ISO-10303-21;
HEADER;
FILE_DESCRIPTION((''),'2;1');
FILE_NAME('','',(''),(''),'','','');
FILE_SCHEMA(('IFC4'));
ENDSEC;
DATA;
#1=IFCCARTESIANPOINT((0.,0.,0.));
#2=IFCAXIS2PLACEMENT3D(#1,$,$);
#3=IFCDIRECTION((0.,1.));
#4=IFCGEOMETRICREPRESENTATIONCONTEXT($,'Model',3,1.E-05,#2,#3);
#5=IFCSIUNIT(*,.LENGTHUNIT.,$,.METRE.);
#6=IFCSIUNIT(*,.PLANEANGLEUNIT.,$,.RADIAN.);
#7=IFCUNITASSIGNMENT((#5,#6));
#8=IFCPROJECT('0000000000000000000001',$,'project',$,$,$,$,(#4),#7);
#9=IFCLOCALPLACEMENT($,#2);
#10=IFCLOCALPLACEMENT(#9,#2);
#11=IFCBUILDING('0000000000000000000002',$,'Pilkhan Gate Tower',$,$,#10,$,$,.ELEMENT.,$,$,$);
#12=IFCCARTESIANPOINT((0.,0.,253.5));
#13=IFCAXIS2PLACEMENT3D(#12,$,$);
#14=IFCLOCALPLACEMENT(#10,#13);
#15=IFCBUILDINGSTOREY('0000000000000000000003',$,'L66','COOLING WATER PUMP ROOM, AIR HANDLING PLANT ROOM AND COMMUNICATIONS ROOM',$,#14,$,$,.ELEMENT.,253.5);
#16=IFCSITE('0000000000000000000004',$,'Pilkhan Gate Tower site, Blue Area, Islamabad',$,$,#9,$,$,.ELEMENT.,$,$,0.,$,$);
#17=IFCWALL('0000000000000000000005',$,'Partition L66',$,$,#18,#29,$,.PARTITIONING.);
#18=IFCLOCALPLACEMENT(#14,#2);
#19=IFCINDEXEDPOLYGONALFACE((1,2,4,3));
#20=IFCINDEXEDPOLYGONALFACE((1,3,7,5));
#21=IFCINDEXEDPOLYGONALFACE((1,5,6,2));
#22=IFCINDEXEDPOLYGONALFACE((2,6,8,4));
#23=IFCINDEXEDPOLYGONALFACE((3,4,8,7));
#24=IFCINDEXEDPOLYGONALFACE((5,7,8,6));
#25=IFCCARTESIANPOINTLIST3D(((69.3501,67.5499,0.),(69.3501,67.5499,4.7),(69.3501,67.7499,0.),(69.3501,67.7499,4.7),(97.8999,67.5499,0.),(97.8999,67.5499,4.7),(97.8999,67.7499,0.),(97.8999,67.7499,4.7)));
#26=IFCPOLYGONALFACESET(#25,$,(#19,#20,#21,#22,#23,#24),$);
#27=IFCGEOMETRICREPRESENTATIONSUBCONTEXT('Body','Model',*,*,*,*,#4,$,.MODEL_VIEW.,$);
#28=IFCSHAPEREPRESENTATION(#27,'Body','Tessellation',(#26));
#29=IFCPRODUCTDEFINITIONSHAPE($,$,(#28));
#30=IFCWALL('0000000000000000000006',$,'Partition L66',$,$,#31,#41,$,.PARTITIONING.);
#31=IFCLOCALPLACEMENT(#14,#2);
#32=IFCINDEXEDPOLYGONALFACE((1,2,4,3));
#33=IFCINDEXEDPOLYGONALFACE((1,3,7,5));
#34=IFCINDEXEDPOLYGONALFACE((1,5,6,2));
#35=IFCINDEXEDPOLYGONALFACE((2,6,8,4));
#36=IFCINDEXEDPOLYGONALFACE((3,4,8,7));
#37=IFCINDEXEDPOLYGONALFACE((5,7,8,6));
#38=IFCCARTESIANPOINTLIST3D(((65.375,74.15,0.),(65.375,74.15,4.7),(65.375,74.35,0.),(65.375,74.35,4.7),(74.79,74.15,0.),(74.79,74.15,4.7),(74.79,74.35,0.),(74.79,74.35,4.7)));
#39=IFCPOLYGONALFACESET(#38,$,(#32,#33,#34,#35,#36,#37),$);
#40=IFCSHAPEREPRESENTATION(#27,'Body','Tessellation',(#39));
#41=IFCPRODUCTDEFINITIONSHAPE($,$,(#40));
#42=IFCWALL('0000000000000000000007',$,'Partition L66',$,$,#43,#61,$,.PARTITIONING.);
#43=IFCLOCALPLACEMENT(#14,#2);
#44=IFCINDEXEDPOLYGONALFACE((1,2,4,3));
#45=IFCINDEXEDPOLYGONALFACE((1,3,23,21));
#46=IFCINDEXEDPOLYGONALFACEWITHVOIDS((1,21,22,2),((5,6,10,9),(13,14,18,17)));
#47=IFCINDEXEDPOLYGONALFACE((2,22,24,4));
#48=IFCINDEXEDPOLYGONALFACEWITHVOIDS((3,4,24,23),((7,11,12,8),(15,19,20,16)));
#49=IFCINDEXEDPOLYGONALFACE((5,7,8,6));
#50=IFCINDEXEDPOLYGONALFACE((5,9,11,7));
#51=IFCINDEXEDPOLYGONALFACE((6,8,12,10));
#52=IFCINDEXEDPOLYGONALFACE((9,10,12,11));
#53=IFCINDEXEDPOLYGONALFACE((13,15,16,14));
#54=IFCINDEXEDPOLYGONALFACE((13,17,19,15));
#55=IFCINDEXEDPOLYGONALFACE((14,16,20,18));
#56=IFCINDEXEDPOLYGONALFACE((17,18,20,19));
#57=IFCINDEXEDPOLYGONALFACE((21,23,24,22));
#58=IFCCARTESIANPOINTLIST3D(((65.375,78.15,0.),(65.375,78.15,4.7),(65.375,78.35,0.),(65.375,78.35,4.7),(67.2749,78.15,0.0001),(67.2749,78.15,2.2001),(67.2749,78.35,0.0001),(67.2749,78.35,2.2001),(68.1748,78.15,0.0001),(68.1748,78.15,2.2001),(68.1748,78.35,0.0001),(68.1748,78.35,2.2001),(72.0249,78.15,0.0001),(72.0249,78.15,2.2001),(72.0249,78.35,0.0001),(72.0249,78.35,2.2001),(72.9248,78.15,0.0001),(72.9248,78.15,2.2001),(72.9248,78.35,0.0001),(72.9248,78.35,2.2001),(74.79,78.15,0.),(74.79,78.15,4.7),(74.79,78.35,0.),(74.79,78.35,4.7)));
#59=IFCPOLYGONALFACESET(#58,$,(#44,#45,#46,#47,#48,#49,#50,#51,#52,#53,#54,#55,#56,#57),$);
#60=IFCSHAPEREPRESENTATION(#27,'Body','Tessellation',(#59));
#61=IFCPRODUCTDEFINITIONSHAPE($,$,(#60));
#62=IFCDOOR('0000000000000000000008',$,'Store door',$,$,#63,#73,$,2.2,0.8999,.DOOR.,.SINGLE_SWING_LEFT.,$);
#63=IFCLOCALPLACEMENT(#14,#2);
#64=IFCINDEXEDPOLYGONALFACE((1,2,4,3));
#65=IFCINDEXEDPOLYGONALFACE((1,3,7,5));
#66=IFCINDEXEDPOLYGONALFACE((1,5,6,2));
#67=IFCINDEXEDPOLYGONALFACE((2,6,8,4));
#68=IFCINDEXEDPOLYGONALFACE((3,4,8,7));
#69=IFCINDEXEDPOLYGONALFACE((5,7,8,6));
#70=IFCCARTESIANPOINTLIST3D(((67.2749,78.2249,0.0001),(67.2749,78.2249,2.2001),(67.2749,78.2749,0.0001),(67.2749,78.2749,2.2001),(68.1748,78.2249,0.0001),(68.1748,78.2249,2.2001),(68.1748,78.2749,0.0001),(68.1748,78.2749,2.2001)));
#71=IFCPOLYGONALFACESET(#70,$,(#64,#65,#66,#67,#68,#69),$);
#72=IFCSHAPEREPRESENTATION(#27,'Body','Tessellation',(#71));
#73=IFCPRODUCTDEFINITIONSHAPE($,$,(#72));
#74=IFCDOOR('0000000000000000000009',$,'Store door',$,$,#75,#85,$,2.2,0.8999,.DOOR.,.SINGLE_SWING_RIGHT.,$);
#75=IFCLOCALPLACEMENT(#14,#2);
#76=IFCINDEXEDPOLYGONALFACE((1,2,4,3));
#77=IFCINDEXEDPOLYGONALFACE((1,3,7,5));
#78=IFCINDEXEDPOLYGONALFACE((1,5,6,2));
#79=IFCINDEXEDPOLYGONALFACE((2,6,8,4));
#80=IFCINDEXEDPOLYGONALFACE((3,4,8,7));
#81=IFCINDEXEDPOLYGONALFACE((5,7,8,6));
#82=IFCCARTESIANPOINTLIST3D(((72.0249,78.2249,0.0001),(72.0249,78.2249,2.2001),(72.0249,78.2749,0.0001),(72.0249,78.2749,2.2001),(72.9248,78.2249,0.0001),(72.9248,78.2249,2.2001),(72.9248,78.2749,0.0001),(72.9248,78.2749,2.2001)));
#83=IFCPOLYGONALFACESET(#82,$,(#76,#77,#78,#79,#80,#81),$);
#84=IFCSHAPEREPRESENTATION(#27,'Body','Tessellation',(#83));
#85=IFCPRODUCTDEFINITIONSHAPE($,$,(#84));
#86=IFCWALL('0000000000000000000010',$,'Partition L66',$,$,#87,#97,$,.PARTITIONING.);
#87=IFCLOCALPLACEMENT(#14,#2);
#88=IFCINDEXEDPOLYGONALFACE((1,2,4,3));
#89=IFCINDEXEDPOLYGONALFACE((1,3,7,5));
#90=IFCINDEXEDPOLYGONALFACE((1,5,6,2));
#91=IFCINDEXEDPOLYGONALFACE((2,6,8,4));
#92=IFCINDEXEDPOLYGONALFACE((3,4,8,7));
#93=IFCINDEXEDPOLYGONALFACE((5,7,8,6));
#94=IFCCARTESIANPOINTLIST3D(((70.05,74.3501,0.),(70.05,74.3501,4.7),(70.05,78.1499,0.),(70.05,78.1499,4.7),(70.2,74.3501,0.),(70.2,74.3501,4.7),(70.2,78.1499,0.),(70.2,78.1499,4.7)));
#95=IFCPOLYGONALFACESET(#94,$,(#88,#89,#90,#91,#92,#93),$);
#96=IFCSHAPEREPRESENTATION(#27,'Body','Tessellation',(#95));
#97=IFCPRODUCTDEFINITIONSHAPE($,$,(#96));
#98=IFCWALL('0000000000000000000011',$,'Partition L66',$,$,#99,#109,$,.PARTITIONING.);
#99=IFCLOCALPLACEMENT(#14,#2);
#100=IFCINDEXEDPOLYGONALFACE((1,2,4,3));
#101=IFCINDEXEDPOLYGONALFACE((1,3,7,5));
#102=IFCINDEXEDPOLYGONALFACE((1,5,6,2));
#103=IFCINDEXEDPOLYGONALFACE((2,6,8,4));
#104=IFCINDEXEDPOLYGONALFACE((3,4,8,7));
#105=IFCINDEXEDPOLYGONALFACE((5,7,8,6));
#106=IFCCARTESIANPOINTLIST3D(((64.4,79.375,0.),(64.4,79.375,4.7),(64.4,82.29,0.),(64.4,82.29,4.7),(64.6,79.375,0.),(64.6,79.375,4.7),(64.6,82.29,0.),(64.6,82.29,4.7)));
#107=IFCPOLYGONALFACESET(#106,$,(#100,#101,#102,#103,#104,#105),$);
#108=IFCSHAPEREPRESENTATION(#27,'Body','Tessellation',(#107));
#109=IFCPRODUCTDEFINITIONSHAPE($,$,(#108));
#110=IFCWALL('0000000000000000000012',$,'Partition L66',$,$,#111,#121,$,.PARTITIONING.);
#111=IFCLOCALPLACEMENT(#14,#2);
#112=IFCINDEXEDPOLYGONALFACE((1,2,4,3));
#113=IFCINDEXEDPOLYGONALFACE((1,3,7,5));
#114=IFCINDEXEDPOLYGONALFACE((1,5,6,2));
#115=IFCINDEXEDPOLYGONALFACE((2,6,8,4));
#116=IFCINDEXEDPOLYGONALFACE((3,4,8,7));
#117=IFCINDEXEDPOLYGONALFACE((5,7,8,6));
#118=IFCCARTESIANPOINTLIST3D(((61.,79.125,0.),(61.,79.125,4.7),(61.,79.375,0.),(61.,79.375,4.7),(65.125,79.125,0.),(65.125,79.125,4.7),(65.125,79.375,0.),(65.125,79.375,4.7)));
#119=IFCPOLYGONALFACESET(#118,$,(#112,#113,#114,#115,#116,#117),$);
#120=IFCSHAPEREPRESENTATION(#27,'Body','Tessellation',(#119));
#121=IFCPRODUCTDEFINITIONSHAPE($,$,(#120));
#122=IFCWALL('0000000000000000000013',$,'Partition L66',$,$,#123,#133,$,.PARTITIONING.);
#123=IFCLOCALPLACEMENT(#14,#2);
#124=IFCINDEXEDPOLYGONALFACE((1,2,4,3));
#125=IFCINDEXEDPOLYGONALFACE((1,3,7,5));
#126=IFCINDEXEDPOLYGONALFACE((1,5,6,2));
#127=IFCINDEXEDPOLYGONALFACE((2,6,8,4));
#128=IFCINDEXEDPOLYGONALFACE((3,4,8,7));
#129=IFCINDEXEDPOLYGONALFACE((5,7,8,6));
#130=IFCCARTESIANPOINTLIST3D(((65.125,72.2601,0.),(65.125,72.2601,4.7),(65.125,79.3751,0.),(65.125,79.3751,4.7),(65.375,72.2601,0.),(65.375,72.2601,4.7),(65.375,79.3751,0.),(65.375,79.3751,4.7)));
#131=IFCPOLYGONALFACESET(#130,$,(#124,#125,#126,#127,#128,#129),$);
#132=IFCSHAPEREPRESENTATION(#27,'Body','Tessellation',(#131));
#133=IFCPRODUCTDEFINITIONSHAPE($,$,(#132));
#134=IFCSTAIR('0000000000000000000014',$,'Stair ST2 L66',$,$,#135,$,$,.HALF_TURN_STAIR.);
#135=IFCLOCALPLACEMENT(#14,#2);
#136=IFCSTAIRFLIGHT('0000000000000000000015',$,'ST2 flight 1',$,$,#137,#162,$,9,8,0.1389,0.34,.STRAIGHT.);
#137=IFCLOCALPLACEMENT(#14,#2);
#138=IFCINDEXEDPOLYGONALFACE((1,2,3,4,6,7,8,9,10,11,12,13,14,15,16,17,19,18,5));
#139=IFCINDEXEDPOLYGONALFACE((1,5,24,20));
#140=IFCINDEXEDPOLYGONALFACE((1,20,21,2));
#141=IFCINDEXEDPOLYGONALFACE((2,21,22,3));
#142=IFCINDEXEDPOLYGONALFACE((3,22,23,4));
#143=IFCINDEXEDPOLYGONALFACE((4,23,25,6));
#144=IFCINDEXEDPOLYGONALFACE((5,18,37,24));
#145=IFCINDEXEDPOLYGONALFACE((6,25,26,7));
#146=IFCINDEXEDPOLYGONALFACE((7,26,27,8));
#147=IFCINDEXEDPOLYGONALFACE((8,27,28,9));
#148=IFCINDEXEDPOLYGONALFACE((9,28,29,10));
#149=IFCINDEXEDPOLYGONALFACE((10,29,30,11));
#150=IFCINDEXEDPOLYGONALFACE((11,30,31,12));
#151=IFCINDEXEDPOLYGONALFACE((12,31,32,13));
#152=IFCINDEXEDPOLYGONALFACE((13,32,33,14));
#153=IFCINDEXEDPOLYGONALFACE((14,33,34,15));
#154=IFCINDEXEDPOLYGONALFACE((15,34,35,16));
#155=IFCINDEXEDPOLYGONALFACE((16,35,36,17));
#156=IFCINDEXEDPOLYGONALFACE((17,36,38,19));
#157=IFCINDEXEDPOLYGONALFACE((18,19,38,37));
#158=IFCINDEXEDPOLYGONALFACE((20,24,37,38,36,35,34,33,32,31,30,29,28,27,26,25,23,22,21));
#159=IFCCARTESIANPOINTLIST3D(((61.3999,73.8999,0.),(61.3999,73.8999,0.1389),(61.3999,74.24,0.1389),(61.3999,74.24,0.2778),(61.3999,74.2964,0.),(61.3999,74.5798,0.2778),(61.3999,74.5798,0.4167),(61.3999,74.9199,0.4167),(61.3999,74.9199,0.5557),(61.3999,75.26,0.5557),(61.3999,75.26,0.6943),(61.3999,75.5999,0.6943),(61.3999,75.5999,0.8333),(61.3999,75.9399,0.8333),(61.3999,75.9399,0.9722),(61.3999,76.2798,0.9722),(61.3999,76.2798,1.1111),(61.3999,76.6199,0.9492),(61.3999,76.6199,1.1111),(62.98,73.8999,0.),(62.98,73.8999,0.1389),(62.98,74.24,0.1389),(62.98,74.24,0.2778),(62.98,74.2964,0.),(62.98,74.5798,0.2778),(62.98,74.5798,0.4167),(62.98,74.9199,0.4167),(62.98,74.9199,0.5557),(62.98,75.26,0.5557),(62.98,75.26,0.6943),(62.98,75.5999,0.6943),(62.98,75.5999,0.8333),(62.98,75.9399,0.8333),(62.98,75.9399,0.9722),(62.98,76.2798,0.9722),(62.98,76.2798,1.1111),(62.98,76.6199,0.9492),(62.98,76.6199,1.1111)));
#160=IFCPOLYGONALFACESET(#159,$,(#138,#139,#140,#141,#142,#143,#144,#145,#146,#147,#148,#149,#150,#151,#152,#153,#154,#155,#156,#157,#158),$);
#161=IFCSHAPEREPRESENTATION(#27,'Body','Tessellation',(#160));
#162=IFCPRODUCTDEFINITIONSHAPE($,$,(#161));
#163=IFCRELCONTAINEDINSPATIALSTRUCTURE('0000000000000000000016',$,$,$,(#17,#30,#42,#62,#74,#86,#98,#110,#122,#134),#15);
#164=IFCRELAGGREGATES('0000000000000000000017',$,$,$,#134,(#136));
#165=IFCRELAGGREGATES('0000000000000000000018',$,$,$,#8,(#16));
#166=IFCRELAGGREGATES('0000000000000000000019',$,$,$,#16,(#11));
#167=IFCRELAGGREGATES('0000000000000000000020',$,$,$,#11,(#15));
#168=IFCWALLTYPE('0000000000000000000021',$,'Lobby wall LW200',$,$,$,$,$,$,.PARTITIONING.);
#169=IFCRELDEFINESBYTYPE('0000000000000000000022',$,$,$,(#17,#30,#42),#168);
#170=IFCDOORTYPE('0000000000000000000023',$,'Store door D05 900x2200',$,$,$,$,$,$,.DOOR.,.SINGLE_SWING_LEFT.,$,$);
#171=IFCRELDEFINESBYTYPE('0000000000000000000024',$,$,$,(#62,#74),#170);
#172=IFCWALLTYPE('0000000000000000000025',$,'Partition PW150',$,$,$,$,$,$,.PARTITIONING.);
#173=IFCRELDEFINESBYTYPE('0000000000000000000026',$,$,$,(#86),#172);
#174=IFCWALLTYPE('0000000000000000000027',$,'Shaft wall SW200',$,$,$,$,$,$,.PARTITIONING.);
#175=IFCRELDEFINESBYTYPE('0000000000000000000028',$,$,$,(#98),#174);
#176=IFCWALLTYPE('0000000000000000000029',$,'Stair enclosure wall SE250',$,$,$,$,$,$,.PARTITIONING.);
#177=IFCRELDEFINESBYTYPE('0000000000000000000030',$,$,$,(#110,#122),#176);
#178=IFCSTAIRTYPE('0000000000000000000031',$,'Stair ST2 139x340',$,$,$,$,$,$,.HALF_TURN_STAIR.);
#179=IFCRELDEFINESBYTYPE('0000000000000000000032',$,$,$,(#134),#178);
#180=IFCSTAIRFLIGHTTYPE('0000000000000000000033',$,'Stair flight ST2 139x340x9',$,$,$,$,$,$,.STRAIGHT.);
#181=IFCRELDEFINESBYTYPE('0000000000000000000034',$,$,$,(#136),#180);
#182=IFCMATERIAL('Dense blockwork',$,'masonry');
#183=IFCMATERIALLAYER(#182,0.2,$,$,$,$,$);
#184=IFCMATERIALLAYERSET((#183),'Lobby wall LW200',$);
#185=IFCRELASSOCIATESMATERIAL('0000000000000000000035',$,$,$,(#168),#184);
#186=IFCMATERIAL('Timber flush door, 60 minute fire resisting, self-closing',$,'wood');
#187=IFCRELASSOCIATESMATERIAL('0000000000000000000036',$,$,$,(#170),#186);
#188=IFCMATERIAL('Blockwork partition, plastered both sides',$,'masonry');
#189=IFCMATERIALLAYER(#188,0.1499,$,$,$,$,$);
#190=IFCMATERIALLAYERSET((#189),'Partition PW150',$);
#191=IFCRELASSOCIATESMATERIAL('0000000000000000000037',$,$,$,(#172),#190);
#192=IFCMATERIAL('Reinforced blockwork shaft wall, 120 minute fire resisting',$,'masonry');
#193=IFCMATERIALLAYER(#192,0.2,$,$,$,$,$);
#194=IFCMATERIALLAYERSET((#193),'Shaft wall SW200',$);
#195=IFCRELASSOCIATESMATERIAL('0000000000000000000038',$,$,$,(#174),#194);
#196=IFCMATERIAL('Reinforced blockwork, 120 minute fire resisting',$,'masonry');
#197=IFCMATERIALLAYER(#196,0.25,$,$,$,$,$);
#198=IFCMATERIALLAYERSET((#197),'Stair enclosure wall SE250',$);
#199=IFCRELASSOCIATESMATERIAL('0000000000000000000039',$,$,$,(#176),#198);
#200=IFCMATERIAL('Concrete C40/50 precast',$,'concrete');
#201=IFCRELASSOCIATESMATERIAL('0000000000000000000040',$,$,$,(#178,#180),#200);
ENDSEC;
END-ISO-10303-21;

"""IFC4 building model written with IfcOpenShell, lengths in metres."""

from ifc_helpers import new_model, si_unit, direction, frame, frame_2d, origin, place, context, subcontext, project, spatial, polyline, rectangle, outline, extrude, material, layer, layer_set, type_object, element, fill, aggregate, save


model = new_model("IFC4")

# Units and contexts
model_context = context("Model", 3, precision=1e-05, world=origin(), true_north=direction((0.0, 1.0)))
body_context = subcontext(model_context, "Body", "Model", "MODEL_VIEW")
ifc_project = project(units=[si_unit("LENGTHUNIT", "METRE"), si_unit("PLANEANGLEUNIT", "RADIAN")], contexts=[model_context])

# Site, building, storey
site_placement = place(None, origin())
site = spatial("IfcSite", under=ifc_project, at=site_placement, Name="Pilkhan Gate Tower site, Blue Area, Islamabad", CompositionType="ELEMENT", RefElevation=0.0)
building_placement = place(site_placement, origin())
building = spatial("IfcBuilding", under=site, at=building_placement, Name="Pilkhan Gate Tower", CompositionType="ELEMENT")
storey_placement = place(building_placement, frame((0.0, 0.0, 253.5)))
storey = spatial("IfcBuildingStorey", under=building, at=storey_placement, Name="L66", Description="COOLING WATER PUMP ROOM, AIR HANDLING PLANT ROOM AND COMMUNICATIONS ROOM", CompositionType="ELEMENT", Elevation=253.5)

# Walls
ifc_material_1 = material(Name="Dense blockwork", Category="masonry")
ifc_layer_1 = layer(ifc_material_1, 0.2)
ifc_layer_set_1 = layer_set([ifc_layer_1], Name="Lobby wall LW200")
wall_type_1 = type_object("IfcWallType", Name="Lobby wall LW200", PredefinedType="PARTITIONING", material=ifc_layer_set_1)
wall_1_placement = place(storey_placement, frame((69.3501, 67.6499, 0.0), z_axis=(0.0, 0.0, 1.0), x_axis=(1.0, 0.0, 0.0)))
element("IfcWall", 1, at=wall_1_placement, inside=storey, type_object=wall_type_1, Name="Partition L66", PredefinedType="PARTITIONING", context=body_context, shape_type="SweptSolid", body=[
    extrude(rectangle(XDim=28.5498, YDim=0.2, at=frame_2d((14.2749, 0.0))), origin(), (0.0, 0.0, 1.0), 4.7),
])
wall_2_placement = place(storey_placement, frame((65.375, 74.25, 0.0), z_axis=(0.0, 0.0, 1.0), x_axis=(1.0, 0.0, 0.0)))
element("IfcWall", 2, at=wall_2_placement, inside=storey, type_object=wall_type_1, Name="Partition L66", PredefinedType="PARTITIONING", context=body_context, shape_type="SweptSolid", body=[
    extrude(rectangle(XDim=9.415, YDim=0.2, at=frame_2d((4.7075, 0.0))), origin(), (0.0, 0.0, 1.0), 4.7),
])

# Wall, openings, doors
wall_3_placement = place(storey_placement, frame((65.375, 78.25, 0.0), z_axis=(0.0, 0.0, 1.0), x_axis=(1.0, 0.0, 0.0)))
wall_3 = element("IfcWall", 3, at=wall_3_placement, inside=storey, type_object=wall_type_1, Name="Partition L66", PredefinedType="PARTITIONING", context=body_context, shape_type="SweptSolid", body=[
    extrude(rectangle(XDim=9.415, YDim=0.2, at=frame_2d((4.7075, 0.0))), origin(), (0.0, 0.0, 1.0), 4.7),
])
opening_1_placement = place(wall_3_placement, frame((1.8999, 0.0, 0.0)))
opening_1 = element("IfcOpeningElement", 4, at=opening_1_placement, cuts=wall_3, PredefinedType="OPENING", context=body_context, shape_type="SweptSolid", body=[
    extrude(rectangle(XDim=0.8999, YDim=2.2, at=frame_2d((0.45, 1.1001))), frame((0.0, 0.1099, 0.0), z_axis=(0.0, -1.0, 0.0), x_axis=(1.0, 0.0, 0.0)), (0.0, 0.0, 1.0), 0.22),
])
opening_2_placement = place(wall_3_placement, frame((6.6499, 0.0, 0.0)))
opening_2 = element("IfcOpeningElement", 5, at=opening_2_placement, cuts=wall_3, PredefinedType="OPENING", context=body_context, shape_type="SweptSolid", body=[
    extrude(rectangle(XDim=0.8999, YDim=2.2, at=frame_2d((0.45, 1.1001))), frame((0.0, 0.1099, 0.0), z_axis=(0.0, -1.0, 0.0), x_axis=(1.0, 0.0, 0.0)), (0.0, 0.0, 1.0), 0.22),
])
ifc_material_2 = material(Name="Timber flush door, 60 minute fire resisting, self-closing", Category="wood")
door_type = type_object("IfcDoorType", Name="Store door D05 900x2200", OperationType="SINGLE_SWING_LEFT", PredefinedType="DOOR", material=ifc_material_2)
door_1_placement = place(opening_1_placement, origin())
door_1 = element("IfcDoor", 6, at=door_1_placement, inside=storey, type_object=door_type, Name="Store door", OperationType="SINGLE_SWING_LEFT", OverallHeight=2.2, OverallWidth=0.8999, PredefinedType="DOOR", context=body_context, shape_type="SweptSolid", body=[
    extrude(rectangle(XDim=0.8999, YDim=2.2, at=frame_2d((0.45, 1.1001))), frame((0.0, 0.0249, 0.0), z_axis=(0.0, -1.0, 0.0), x_axis=(1.0, 0.0, 0.0)), (0.0, 0.0, 1.0), 0.05),
])
fill(opening_1, door_1)
door_2_placement = place(opening_2_placement, origin())
door_2 = element("IfcDoor", 7, at=door_2_placement, inside=storey, type_object=door_type, Name="Store door", OperationType="SINGLE_SWING_RIGHT", OverallHeight=2.2, OverallWidth=0.8999, PredefinedType="DOOR", context=body_context, shape_type="SweptSolid", body=[
    extrude(rectangle(XDim=0.8999, YDim=2.2, at=frame_2d((0.45, 1.1001))), frame((0.0, 0.0249, 0.0), z_axis=(0.0, -1.0, 0.0), x_axis=(1.0, 0.0, 0.0)), (0.0, 0.0, 1.0), 0.05),
])
fill(opening_2, door_2)

# Walls
ifc_material_3 = material(Name="Blockwork partition, plastered both sides", Category="masonry")
ifc_layer_2 = layer(ifc_material_3, 0.1499)
ifc_layer_set_2 = layer_set([ifc_layer_2], Name="Partition PW150")
wall_type_2 = type_object("IfcWallType", Name="Partition PW150", PredefinedType="PARTITIONING", material=ifc_layer_set_2)
wall_4_placement = place(storey_placement, frame((70.125, 74.3501, 0.0), z_axis=(0.0, 0.0, 1.0), x_axis=(0.0, 1.0, 0.0)))
element("IfcWall", 8, at=wall_4_placement, inside=storey, type_object=wall_type_2, Name="Partition L66", PredefinedType="PARTITIONING", context=body_context, shape_type="SweptSolid", body=[
    extrude(rectangle(XDim=3.7998, YDim=0.1499, at=frame_2d((1.8999, 0.0))), origin(), (0.0, 0.0, 1.0), 4.7),
])
ifc_material_4 = material(Name="Reinforced blockwork shaft wall, 120 minute fire resisting", Category="masonry")
ifc_layer_3 = layer(ifc_material_4, 0.2)
ifc_layer_set_3 = layer_set([ifc_layer_3], Name="Shaft wall SW200")
wall_type_3 = type_object("IfcWallType", Name="Shaft wall SW200", PredefinedType="PARTITIONING", material=ifc_layer_set_3)
wall_5_placement = place(storey_placement, frame((64.5, 79.375, 0.0), z_axis=(0.0, 0.0, 1.0), x_axis=(0.0, 1.0, 0.0)))
element("IfcWall", 9, at=wall_5_placement, inside=storey, type_object=wall_type_3, Name="Partition L66", PredefinedType="PARTITIONING", context=body_context, shape_type="SweptSolid", body=[
    extrude(rectangle(XDim=2.915, YDim=0.2, at=frame_2d((1.4575, 0.0))), origin(), (0.0, 0.0, 1.0), 4.7),
])
ifc_material_5 = material(Name="Reinforced blockwork, 120 minute fire resisting", Category="masonry")
ifc_layer_4 = layer(ifc_material_5, 0.25)
ifc_layer_set_4 = layer_set([ifc_layer_4], Name="Stair enclosure wall SE250")
wall_type_4 = type_object("IfcWallType", Name="Stair enclosure wall SE250", PredefinedType="PARTITIONING", material=ifc_layer_set_4)
wall_6_placement = place(storey_placement, frame((61.0, 79.25, 0.0), z_axis=(0.0, 0.0, 1.0), x_axis=(1.0, 0.0, 0.0)))
element("IfcWall", 10, at=wall_6_placement, inside=storey, type_object=wall_type_4, Name="Partition L66", PredefinedType="PARTITIONING", context=body_context, shape_type="SweptSolid", body=[
    extrude(rectangle(XDim=4.125, YDim=0.25, at=frame_2d((2.0625, 0.0))), origin(), (0.0, 0.0, 1.0), 4.7),
])
wall_7_placement = place(storey_placement, frame((65.25, 72.26, 0.0), z_axis=(0.0, 0.0, 1.0), x_axis=(0.0, 1.0, 0.0)))
element("IfcWall", 11, at=wall_7_placement, inside=storey, type_object=wall_type_4, Name="Partition L66", PredefinedType="PARTITIONING", context=body_context, shape_type="SweptSolid", body=[
    extrude(rectangle(XDim=7.115, YDim=0.25, at=frame_2d((3.5576, 0.0))), origin(), (0.0, 0.0, 1.0), 4.7),
])

# Stair, stair flight
ifc_material_6 = material(Name="Concrete C40/50 precast", Category="concrete")
stair_type = type_object("IfcStairType", Name="Stair ST2 139x340", PredefinedType="HALF_TURN_STAIR", material=ifc_material_6)
stair_placement = place(storey_placement, origin())
stair = element("IfcStair", 12, at=stair_placement, inside=storey, type_object=stair_type, Name="Stair ST2 L66", PredefinedType="HALF_TURN_STAIR")
stair_flight_type = type_object("IfcStairFlightType", Name="Stair flight ST2 139x340x9", PredefinedType="STRAIGHT", material=ifc_material_6)
stair_flight_1_placement = place(storey_placement, frame((62.1899, 73.8999, 0.0), z_axis=(0.0, 0.0, 1.0), x_axis=(0.0, 1.0, 0.0)))
stair_flight_1 = element("IfcStairFlight", 13, at=stair_flight_1_placement, type_object=stair_flight_type, Name="ST2 flight 1", NumberOfRisers=9, NumberOfTreads=8, PredefinedType="STRAIGHT", RiserHeight=0.1389, TreadLength=0.34, context=body_context, shape_type="SweptSolid", body=[
    extrude(outline(polyline([(0.0, 0.0), (0.0, 0.1389), (0.3401, 0.1389), (0.3401, 0.2778), (0.6799, 0.2778), (0.6799, 0.4167), (1.02, 0.4167), (1.02, 0.5557), (1.3601, 0.5557), (1.3601, 0.6943), (1.7, 0.6943), (1.7, 0.8333), (2.04, 0.8333), (2.04, 0.9722), (2.3799, 0.9722), (2.3799, 1.1111), (2.72, 1.1111), (2.72, 1.25), (2.72, 0.9492), (0.3965, 0.0), (0.0, 0.0)])), frame((0.0, 0.79, 0.0), z_axis=(0.0, -1.0, 0.0), x_axis=(1.0, 0.0, 0.0)), (0.0, 0.0, 1.0), 1.5801),
])
aggregate(stair, [stair_flight_1])

save(model, "model.ifc")
